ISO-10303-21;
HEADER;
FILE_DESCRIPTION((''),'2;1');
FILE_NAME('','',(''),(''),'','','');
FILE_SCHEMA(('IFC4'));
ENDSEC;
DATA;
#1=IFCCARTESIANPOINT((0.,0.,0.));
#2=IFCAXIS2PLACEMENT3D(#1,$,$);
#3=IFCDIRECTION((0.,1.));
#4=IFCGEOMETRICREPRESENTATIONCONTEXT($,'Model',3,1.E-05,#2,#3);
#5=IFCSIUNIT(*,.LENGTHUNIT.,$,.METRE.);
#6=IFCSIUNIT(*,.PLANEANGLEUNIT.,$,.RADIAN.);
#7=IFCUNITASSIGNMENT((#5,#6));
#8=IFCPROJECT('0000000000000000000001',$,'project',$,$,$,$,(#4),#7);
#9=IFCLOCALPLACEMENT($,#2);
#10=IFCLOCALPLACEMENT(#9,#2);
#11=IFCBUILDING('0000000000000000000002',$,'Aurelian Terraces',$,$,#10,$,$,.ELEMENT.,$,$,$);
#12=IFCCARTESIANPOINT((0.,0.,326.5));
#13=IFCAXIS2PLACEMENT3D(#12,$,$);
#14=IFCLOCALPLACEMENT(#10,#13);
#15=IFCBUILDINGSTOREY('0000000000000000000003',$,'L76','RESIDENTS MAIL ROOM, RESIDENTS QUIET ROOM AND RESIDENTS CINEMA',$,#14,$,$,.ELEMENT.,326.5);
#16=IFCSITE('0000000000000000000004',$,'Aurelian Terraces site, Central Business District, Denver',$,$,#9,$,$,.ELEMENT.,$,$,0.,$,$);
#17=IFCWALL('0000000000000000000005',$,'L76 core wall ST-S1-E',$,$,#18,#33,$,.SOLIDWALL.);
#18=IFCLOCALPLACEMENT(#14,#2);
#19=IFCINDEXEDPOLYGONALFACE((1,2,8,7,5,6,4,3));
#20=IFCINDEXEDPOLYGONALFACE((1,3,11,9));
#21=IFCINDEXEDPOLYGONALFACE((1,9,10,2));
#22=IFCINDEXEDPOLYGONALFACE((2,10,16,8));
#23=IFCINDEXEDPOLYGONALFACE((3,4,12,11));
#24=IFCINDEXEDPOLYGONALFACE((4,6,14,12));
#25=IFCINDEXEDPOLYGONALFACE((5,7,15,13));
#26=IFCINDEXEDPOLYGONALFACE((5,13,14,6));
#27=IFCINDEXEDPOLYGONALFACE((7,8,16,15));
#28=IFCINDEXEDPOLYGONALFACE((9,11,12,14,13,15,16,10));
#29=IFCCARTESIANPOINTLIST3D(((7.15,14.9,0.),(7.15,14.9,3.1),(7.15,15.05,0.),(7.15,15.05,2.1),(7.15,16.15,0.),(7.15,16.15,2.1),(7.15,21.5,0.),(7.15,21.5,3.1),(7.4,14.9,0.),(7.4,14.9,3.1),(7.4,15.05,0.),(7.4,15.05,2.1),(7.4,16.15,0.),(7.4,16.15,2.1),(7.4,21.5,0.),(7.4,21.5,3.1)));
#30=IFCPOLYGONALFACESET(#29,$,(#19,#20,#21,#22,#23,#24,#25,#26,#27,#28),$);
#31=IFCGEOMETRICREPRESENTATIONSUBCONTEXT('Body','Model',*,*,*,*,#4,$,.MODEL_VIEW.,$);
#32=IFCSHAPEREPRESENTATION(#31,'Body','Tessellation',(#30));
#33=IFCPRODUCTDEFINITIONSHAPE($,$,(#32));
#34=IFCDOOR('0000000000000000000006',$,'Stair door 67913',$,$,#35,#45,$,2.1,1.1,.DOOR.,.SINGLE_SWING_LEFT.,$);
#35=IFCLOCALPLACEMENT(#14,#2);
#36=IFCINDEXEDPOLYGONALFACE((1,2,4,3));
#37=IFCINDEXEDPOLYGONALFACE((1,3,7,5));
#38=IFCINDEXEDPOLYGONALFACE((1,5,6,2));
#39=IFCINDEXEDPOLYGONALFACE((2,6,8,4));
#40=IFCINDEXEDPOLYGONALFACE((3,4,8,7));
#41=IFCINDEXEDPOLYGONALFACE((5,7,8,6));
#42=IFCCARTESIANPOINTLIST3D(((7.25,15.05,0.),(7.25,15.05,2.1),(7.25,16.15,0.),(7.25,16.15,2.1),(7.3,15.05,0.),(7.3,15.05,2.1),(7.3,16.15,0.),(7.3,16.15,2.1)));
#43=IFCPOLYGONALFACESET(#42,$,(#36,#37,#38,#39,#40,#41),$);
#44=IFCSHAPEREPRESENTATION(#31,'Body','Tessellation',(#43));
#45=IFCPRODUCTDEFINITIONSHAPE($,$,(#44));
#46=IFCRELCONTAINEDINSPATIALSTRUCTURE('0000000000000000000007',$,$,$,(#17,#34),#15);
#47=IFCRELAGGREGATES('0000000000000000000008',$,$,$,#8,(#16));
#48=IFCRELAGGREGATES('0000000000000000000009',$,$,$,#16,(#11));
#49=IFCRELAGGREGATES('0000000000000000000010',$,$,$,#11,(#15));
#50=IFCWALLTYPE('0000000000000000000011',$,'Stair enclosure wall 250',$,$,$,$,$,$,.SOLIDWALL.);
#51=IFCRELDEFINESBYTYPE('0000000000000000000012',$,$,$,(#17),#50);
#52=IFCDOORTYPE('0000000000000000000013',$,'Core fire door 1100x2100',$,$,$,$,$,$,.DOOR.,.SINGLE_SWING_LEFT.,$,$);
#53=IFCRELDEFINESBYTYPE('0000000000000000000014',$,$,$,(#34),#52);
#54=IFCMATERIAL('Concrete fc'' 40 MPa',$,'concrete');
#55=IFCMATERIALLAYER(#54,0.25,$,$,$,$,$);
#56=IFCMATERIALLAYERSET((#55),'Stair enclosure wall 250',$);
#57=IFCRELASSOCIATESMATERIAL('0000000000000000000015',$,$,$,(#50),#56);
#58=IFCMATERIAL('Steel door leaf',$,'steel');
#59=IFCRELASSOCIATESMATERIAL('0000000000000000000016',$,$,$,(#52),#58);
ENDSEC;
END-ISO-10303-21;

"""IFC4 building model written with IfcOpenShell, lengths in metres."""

from ifc_helpers import new_model, si_unit, direction, frame, frame_2d, origin, place, context, subcontext, project, spatial, rectangle, extrude, source, transform, mapped, material, layer, layer_set, type_object, element, fill, save


model = new_model("IFC4")

# Units and contexts
model_context = context("Model", 3, precision=1e-05, world=origin(), true_north=direction((0.0, 1.0)))
body_context = subcontext(model_context, "Body", "Model", "MODEL_VIEW")
ifc_project = project(units=[si_unit("LENGTHUNIT", "METRE"), si_unit("PLANEANGLEUNIT", "RADIAN")], contexts=[model_context])

# Site, building, storey
site_placement = place(None, origin())
site = spatial("IfcSite", under=ifc_project, at=site_placement, Name="Aurelian Terraces site, Central Business District, Denver", CompositionType="ELEMENT", RefElevation=0.0)
building_placement = place(site_placement, origin())
building = spatial("IfcBuilding", under=site, at=building_placement, Name="Aurelian Terraces", CompositionType="ELEMENT")
storey_placement = place(building_placement, frame((0.0, 0.0, 326.5)))
storey = spatial("IfcBuildingStorey", under=building, at=storey_placement, Name="L76", Description="RESIDENTS MAIL ROOM, RESIDENTS QUIET ROOM AND RESIDENTS CINEMA", CompositionType="ELEMENT", Elevation=326.5)

# Shared definitions
ifc_material_1 = material(Name="Concrete fc' 40 MPa", Category="concrete")

# Shared definitions
ifc_material_2 = material(Name="Steel door leaf", Category="steel")

# Shared definitions
shared_shape_1 = source(origin(), body_context, "Body", "SweptSolid", [
    extrude(rectangle(XDim=1.1, YDim=2.1, at=frame_2d((0.55, 1.05))), frame((0.0, 0.025, 0.0), z_axis=(0.0, -1.0, 0.0), x_axis=(1.0, 0.0, 0.0)), (0.0, 0.0, 1.0), 0.05),
])

# Wall, opening, door
ifc_layer_1 = layer(ifc_material_1, 0.25)
ifc_layer_set_1 = layer_set([ifc_layer_1], Name="Stair enclosure wall 250")
wall_type_1 = type_object("IfcWallType", Name="Stair enclosure wall 250", PredefinedType="SOLIDWALL", material=ifc_layer_set_1)
shared_shape_2 = source(origin(), body_context, "Body", "SweptSolid", [
    extrude(rectangle(XDim=6.6, YDim=0.25, at=frame_2d((3.3, 0.0))), origin(), (0.0, 0.0, 1.0), 3.1),
])
wall_1_placement = place(storey_placement, frame((7.275, 14.9, 0.0), z_axis=(0.0, 0.0, 1.0), x_axis=(0.0, 1.0, 0.0)))
wall_1 = element("IfcWall", 1, at=wall_1_placement, inside=storey, type_object=wall_type_1, Name="L76 core wall ST-S1-E", PredefinedType="SOLIDWALL", context=body_context, shape_type="MappedRepresentation", body=[
    mapped(shared_shape_2, transform((0.0, 0.0, 0.0), scale=1.0)),
])
shared_shape_3 = source(origin(), body_context, "Body", "SweptSolid", [
    extrude(rectangle(XDim=1.1, YDim=2.1, at=frame_2d((0.55, 1.05))), frame((0.0, 0.135, 0.0), z_axis=(0.0, -1.0, 0.0), x_axis=(1.0, 0.0, 0.0)), (0.0, 0.0, 1.0), 0.27),
])
opening_1_placement = place(wall_1_placement, frame((0.15, 0.0, 0.0)))
opening_1 = element("IfcOpeningElement", 2, at=opening_1_placement, cuts=wall_1, PredefinedType="OPENING", context=body_context, shape_type="MappedRepresentation", body=[
    mapped(shared_shape_3, transform((0.0, 0.0, 0.0), scale=1.0)),
])
door_type_1 = type_object("IfcDoorType", Name="Core fire door 1100x2100", OperationType="SINGLE_SWING_LEFT", PredefinedType="DOOR", material=ifc_material_2)
door_1_placement = place(opening_1_placement, origin())
door_1 = element("IfcDoor", 3, at=door_1_placement, inside=storey, type_object=door_type_1, Name="Stair door 67913", OperationType="SINGLE_SWING_LEFT", OverallHeight=2.1, OverallWidth=1.1, PredefinedType="DOOR", context=body_context, shape_type="MappedRepresentation", body=[
    mapped(shared_shape_1, transform((0.0, 0.0, 0.0), scale=1.0)),
])
fill(opening_1, door_1)

save(model, "model.ifc")
